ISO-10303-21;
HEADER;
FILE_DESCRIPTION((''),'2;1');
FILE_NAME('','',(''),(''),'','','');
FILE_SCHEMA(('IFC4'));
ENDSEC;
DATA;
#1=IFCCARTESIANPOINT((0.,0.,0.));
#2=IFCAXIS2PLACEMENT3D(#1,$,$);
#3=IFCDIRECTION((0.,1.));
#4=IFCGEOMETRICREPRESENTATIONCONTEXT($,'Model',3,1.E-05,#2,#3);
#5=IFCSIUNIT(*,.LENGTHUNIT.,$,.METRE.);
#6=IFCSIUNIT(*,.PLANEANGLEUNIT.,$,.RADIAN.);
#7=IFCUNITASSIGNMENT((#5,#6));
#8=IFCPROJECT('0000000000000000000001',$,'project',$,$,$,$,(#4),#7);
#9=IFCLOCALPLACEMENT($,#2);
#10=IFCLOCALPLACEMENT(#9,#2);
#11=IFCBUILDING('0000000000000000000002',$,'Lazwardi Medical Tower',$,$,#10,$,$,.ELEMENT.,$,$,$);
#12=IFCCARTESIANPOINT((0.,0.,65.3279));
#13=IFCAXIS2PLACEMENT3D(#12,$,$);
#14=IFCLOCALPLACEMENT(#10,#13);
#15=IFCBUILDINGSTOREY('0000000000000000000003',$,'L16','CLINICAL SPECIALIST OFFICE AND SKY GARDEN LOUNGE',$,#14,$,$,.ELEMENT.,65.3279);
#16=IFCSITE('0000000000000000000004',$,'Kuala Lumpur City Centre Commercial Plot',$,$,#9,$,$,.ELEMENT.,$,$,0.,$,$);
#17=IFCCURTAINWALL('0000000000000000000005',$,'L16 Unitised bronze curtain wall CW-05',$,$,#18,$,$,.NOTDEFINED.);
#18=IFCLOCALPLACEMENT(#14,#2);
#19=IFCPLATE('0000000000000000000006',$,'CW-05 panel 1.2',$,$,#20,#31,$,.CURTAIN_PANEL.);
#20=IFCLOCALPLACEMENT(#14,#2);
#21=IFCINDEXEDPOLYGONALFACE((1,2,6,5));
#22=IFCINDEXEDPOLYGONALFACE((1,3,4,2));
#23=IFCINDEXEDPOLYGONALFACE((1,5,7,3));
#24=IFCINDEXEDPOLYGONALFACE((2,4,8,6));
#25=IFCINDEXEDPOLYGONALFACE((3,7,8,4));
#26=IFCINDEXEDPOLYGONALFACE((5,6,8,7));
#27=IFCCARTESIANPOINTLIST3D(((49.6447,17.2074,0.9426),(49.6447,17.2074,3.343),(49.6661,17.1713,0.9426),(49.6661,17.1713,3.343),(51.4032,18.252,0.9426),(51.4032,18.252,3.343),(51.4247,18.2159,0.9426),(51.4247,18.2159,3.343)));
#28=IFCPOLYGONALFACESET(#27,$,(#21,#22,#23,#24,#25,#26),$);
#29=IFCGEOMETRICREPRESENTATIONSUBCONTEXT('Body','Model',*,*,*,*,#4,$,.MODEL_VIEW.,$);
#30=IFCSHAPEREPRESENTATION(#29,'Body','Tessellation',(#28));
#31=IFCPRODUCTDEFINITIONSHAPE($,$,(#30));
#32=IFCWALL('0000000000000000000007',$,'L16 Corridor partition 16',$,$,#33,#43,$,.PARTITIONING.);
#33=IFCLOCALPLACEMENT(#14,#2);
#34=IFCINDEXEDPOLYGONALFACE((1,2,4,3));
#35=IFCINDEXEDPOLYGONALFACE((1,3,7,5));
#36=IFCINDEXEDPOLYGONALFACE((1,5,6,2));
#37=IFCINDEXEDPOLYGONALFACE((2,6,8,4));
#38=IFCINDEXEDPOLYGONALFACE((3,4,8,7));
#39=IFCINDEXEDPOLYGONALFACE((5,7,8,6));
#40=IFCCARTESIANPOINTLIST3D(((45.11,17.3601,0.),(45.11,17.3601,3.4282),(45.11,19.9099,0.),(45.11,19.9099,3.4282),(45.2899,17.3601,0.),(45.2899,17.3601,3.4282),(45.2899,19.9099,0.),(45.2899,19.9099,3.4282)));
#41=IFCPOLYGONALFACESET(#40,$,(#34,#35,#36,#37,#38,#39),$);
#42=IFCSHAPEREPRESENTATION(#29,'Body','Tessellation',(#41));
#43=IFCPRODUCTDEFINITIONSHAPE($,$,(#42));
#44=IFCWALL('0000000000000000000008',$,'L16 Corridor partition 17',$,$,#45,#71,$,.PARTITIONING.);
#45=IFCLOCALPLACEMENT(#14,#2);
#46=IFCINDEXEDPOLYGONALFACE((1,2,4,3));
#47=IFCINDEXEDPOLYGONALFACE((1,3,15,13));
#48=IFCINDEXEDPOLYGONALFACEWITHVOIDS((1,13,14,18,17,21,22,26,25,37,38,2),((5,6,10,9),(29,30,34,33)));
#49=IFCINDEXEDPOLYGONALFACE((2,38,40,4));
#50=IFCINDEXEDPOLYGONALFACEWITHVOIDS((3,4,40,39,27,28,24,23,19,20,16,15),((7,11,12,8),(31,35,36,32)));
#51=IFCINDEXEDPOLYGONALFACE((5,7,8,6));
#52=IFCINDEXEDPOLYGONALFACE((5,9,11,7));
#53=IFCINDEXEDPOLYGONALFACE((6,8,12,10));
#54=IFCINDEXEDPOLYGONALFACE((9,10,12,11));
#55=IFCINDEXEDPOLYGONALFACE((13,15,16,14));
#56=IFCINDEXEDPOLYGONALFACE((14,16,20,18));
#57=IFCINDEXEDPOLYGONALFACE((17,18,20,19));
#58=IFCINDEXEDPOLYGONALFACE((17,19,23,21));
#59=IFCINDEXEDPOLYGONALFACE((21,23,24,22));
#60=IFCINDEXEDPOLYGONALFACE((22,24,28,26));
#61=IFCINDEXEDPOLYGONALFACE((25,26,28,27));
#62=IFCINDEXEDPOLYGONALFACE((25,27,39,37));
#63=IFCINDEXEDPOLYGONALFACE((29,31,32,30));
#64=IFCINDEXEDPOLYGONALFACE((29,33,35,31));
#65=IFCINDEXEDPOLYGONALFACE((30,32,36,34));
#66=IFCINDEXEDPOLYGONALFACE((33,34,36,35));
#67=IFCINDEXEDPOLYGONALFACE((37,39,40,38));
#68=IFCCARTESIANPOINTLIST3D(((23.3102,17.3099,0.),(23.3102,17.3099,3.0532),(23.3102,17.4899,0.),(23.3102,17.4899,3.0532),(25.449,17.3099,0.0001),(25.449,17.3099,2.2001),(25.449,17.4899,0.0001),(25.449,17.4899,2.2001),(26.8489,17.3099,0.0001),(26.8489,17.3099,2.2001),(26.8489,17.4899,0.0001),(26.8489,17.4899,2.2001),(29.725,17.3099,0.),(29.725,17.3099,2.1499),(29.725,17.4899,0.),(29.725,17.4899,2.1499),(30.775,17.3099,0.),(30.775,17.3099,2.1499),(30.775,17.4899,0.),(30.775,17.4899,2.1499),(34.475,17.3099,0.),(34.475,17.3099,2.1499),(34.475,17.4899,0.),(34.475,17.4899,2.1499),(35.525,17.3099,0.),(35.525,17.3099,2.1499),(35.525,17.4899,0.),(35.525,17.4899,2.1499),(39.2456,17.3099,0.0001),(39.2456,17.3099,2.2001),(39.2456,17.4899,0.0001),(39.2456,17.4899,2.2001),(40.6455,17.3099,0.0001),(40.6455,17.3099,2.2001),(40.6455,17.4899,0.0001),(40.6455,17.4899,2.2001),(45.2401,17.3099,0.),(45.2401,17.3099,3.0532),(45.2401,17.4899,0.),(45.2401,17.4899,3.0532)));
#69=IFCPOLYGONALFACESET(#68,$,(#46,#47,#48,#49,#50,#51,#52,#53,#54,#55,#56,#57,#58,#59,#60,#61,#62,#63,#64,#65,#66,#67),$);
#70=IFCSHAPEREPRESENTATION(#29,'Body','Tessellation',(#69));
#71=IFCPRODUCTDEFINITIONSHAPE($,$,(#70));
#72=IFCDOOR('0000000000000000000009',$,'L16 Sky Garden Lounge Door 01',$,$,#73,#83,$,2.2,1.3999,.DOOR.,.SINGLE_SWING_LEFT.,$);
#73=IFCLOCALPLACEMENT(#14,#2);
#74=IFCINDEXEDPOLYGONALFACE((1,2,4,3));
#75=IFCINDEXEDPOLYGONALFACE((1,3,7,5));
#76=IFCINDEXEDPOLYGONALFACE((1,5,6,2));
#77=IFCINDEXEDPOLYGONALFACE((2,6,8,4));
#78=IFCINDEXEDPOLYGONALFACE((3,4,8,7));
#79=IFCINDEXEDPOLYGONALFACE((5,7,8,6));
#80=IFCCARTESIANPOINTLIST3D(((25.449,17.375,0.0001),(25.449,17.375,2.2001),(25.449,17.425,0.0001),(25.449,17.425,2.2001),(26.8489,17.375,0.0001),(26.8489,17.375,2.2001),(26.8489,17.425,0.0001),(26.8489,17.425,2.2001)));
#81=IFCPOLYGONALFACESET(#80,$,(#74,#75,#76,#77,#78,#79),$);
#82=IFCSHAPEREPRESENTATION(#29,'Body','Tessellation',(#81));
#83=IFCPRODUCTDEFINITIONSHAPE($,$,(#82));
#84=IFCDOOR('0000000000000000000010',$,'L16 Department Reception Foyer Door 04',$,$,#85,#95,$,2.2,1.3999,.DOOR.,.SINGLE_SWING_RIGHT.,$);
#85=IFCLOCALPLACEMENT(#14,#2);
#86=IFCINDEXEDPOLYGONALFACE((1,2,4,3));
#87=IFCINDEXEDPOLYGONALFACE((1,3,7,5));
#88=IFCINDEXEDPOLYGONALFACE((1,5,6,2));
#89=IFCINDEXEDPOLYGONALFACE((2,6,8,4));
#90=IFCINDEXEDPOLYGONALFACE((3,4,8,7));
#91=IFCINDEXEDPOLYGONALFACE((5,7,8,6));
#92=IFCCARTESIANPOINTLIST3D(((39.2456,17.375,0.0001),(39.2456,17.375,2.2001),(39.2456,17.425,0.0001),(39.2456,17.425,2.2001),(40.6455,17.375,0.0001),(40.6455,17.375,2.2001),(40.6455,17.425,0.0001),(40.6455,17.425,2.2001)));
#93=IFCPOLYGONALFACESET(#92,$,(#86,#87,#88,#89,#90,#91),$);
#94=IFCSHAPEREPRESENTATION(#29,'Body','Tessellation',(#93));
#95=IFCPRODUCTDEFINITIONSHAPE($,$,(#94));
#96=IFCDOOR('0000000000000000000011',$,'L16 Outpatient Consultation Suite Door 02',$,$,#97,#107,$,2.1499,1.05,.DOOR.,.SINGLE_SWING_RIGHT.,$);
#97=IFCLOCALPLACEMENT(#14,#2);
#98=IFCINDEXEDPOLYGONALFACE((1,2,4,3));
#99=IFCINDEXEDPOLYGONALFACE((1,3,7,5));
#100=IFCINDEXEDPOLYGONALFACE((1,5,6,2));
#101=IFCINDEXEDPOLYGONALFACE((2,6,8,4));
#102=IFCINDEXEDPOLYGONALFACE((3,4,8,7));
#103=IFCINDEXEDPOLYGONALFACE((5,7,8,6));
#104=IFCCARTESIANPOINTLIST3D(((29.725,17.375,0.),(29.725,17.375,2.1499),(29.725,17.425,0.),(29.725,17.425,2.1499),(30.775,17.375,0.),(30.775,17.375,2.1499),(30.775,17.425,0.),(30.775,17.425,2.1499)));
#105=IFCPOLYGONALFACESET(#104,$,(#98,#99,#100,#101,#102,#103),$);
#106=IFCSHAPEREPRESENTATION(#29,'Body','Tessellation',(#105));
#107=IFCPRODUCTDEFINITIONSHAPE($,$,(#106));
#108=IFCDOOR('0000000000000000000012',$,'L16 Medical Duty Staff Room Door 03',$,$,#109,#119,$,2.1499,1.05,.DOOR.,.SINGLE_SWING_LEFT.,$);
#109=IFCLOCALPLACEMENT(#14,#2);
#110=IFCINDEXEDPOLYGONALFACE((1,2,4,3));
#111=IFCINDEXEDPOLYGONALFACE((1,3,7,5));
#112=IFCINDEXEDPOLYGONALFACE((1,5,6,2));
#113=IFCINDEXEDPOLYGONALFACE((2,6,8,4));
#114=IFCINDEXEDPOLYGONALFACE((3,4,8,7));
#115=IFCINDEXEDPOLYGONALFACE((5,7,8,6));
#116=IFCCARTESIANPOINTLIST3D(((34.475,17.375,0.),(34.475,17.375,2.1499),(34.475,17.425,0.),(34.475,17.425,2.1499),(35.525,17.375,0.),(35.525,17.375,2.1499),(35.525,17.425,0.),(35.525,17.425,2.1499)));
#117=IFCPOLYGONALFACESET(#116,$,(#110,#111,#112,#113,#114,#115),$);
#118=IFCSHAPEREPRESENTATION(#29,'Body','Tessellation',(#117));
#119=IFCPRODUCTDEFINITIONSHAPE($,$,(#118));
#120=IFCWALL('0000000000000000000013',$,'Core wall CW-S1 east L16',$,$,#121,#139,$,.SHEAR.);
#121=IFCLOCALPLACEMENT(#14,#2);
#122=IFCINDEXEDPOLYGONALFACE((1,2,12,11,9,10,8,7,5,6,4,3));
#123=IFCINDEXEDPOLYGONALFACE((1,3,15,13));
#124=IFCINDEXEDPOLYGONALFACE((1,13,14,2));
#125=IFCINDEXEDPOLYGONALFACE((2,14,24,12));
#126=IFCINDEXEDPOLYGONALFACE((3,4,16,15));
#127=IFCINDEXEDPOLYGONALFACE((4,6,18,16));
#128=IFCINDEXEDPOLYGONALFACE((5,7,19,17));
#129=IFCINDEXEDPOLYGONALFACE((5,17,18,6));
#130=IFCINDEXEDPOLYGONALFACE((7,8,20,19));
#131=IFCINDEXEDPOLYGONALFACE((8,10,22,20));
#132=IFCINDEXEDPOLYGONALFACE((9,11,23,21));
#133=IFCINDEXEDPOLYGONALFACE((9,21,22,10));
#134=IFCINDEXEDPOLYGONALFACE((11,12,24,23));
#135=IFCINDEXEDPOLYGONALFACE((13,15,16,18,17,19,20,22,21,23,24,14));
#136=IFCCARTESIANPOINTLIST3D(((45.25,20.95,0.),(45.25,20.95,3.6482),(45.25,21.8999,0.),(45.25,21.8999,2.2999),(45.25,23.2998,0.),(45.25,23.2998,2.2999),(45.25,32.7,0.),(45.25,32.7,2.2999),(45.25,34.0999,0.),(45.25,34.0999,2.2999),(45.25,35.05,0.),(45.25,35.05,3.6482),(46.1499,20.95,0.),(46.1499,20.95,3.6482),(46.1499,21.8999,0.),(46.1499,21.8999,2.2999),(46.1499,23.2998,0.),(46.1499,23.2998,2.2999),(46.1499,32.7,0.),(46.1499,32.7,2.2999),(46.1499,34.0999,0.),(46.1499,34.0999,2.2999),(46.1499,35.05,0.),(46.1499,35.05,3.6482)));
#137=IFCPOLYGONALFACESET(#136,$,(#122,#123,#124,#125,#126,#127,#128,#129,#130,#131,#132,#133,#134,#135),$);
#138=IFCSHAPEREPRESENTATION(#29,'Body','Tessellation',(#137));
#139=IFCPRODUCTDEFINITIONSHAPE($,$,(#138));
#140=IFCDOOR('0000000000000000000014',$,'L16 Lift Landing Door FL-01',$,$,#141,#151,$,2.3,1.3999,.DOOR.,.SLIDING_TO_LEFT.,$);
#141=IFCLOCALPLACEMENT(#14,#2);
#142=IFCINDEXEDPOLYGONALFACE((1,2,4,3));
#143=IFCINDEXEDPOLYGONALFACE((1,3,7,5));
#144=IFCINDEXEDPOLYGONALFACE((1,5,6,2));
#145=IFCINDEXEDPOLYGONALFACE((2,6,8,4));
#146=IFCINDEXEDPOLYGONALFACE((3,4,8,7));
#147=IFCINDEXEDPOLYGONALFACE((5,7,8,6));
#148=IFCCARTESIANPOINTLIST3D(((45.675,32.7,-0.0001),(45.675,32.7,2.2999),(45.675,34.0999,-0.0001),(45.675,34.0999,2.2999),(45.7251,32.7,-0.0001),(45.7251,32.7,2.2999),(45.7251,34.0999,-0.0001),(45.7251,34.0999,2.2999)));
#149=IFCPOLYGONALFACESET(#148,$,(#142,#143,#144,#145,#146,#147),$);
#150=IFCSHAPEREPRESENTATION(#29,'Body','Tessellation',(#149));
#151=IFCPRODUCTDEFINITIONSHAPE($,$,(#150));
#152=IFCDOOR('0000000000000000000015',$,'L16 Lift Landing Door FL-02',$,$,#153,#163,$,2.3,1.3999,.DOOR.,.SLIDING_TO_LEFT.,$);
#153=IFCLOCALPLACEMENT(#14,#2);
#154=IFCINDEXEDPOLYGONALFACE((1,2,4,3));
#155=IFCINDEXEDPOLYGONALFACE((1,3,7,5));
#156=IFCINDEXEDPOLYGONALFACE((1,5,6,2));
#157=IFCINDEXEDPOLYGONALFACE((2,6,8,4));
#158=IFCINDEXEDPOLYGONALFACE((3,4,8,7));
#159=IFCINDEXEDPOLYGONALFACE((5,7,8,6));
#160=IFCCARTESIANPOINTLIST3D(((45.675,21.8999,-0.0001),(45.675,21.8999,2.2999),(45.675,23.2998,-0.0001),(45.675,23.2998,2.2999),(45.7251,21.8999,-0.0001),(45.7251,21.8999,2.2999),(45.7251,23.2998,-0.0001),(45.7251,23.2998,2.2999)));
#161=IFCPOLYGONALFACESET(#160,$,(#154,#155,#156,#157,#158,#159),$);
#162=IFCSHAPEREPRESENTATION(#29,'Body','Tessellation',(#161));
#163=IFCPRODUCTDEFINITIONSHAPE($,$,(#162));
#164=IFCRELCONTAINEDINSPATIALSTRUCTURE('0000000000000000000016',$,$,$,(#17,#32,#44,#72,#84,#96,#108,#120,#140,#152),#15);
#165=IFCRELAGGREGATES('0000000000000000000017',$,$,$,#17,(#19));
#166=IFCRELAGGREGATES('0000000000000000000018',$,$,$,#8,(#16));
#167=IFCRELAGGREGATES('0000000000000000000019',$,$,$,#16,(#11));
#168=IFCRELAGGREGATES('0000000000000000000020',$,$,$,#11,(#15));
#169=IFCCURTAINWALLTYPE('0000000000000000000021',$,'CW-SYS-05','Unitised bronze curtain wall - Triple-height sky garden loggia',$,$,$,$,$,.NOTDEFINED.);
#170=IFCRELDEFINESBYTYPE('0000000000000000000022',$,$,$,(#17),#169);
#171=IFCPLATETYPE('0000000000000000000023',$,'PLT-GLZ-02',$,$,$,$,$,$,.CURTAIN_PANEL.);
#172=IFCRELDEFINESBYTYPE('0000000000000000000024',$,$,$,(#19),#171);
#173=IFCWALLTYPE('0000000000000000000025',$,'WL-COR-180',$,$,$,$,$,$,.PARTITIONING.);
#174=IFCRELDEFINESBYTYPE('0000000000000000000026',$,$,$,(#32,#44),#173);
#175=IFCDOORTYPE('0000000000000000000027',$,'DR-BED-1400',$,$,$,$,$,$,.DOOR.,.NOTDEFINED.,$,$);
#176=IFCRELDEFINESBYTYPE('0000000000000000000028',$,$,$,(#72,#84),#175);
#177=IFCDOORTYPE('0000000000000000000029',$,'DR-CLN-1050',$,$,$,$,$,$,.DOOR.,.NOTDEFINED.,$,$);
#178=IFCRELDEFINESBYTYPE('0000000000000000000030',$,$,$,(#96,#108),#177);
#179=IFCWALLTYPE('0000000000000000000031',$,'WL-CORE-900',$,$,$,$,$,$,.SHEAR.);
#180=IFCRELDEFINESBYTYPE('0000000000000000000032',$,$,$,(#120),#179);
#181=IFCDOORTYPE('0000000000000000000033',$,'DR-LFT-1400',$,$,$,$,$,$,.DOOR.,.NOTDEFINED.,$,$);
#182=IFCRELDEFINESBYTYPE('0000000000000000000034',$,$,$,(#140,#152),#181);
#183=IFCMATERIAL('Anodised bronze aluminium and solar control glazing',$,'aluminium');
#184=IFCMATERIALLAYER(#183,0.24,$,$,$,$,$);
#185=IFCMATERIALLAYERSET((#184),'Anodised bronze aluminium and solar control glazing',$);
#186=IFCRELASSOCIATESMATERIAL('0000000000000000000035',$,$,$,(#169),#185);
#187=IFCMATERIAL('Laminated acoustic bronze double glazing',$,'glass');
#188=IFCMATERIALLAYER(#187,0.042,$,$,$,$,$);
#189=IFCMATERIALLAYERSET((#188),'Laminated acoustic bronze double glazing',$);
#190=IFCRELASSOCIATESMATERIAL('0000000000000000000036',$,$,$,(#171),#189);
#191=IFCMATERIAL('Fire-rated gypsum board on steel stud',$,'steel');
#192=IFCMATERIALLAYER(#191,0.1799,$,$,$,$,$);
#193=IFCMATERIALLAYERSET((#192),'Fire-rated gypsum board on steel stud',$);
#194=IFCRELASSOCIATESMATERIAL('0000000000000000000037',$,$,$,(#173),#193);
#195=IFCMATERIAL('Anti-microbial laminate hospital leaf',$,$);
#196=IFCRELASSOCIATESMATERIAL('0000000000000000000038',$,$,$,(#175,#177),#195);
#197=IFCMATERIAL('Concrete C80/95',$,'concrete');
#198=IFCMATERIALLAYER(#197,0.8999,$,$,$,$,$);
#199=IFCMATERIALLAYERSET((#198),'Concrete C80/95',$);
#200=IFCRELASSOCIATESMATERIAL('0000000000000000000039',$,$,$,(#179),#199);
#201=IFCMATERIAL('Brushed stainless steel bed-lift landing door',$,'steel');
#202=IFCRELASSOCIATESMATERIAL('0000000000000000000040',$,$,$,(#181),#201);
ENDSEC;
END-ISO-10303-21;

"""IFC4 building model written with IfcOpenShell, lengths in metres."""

from ifc_helpers import new_model, si_unit, direction, frame, frame_2d, origin, origin_2d, place, context, subcontext, project, spatial, rectangle, extrude, material, layer, layer_set, type_object, element, fill, aggregate, save


model = new_model("IFC4")

# Units and contexts
model_context = context("Model", 3, precision=1e-05, world=origin(), true_north=direction((0.0, 1.0)))
body_context = subcontext(model_context, "Body", "Model", "MODEL_VIEW")
ifc_project = project(units=[si_unit("LENGTHUNIT", "METRE"), si_unit("PLANEANGLEUNIT", "RADIAN")], contexts=[model_context])

# Site, building, storey
site_placement = place(None, origin())
site = spatial("IfcSite", under=ifc_project, at=site_placement, Name="Kuala Lumpur City Centre Commercial Plot", CompositionType="ELEMENT", RefElevation=0.0)
building_placement = place(site_placement, origin())
building = spatial("IfcBuilding", under=site, at=building_placement, Name="Lazwardi Medical Tower", CompositionType="ELEMENT")
storey_placement = place(building_placement, frame((0.0, 0.0, 65.3279)))
storey = spatial("IfcBuildingStorey", under=building, at=storey_placement, Name="L16", Description="CLINICAL SPECIALIST OFFICE AND SKY GARDEN LOUNGE", CompositionType="ELEMENT", Elevation=65.3279)

# Shared definitions
ifc_material_1 = material(Name="Concrete C80/95", Category="concrete")

# Curtain wall, plate
ifc_material_2 = material(Name="Anodised bronze aluminium and solar control glazing", Category="aluminium")
ifc_layer_1 = layer(ifc_material_2, 0.24)
ifc_layer_set_1 = layer_set([ifc_layer_1], Name="Anodised bronze aluminium and solar control glazing")
curtain_wall_type = type_object("IfcCurtainWallType", Name="CW-SYS-05", Description="Unitised bronze curtain wall - Triple-height sky garden loggia", PredefinedType="NOTDEFINED", material=ifc_layer_set_1)
curtain_wall_placement = place(storey_placement, origin())
curtain_wall = element("IfcCurtainWall", 1, at=curtain_wall_placement, inside=storey, type_object=curtain_wall_type, Name="L16 Unitised bronze curtain wall CW-05", PredefinedType="NOTDEFINED")
ifc_material_3 = material(Name="Laminated acoustic bronze double glazing", Category="glass")
ifc_layer_2 = layer(ifc_material_3, 0.042)
ifc_layer_set_2 = layer_set([ifc_layer_2], Name="Laminated acoustic bronze double glazing")
plate_type = type_object("IfcPlateType", Name="PLT-GLZ-02", PredefinedType="CURTAIN_PANEL", material=ifc_layer_set_2)
plate_1_placement = place(storey_placement, frame((50.5347, 17.7117, 0.9426), z_axis=(0.0, 0.0, 1.0), x_axis=(0.859771, 0.51068, 0.0)))
plate_1 = element("IfcPlate", 2, at=plate_1_placement, type_object=plate_type, Name="CW-05 panel 1.2", PredefinedType="CURTAIN_PANEL", context=body_context, shape_type="SweptSolid", body=[
    extrude(rectangle(XDim=2.0454, YDim=0.042, at=origin_2d()), origin(), (0.0, 0.0, 1.0), 2.4004),
])
aggregate(curtain_wall, [plate_1])

# Wall
ifc_material_4 = material(Name="Fire-rated gypsum board on steel stud", Category="steel")
ifc_layer_3 = layer(ifc_material_4, 0.1799)
ifc_layer_set_3 = layer_set([ifc_layer_3], Name="Fire-rated gypsum board on steel stud")
wall_type_1 = type_object("IfcWallType", Name="WL-COR-180", PredefinedType="PARTITIONING", material=ifc_layer_set_3)
wall_1_placement = place(storey_placement, frame((45.2, 19.9099, 0.0), z_axis=(0.0, 0.0, 1.0), x_axis=(0.0, -1.0, 0.0)))
element("IfcWall", 3, at=wall_1_placement, inside=storey, type_object=wall_type_1, Name="L16 Corridor partition 16", PredefinedType="PARTITIONING", context=body_context, shape_type="SweptSolid", body=[
    extrude(rectangle(XDim=2.5498, YDim=0.1799, at=frame_2d((1.2749, 0.0))), origin(), (0.0, 0.0, 1.0), 3.4282),
])

# Walls, openings, doors
wall_2_placement = place(storey_placement, frame((45.24, 17.3999, 0.0), z_axis=(0.0, 0.0, 1.0), x_axis=(-1.0, 0.0, 0.0)))
wall_2 = element("IfcWall", 4, at=wall_2_placement, inside=storey, type_object=wall_type_1, Name="L16 Corridor partition 17", PredefinedType="PARTITIONING", context=body_context, shape_type="SweptSolid", body=[
    extrude(rectangle(XDim=21.9299, YDim=0.1799, at=frame_2d((10.9648, 0.0))), origin(), (0.0, 0.0, 1.0), 3.0532),
])
opening_1_placement = place(wall_2_placement, frame((18.3911, 0.0, 0.0)))
opening_1 = element("IfcOpeningElement", 5, at=opening_1_placement, cuts=wall_2, PredefinedType="OPENING", context=body_context, shape_type="SweptSolid", body=[
    extrude(rectangle(XDim=1.3999, YDim=2.2, at=frame_2d((0.7, 1.1001))), frame((0.0, 0.0999, 0.0), z_axis=(0.0, -1.0, 0.0), x_axis=(1.0, 0.0, 0.0)), (0.0, 0.0, 1.0), 0.2),
])
opening_2_placement = place(wall_2_placement, frame((14.4651, 0.0, 0.0)))
opening_2 = element("IfcOpeningElement", 6, at=opening_2_placement, cuts=wall_2, PredefinedType="OPENING", context=body_context, shape_type="SweptSolid", body=[
    extrude(rectangle(XDim=1.05, YDim=2.1499, at=frame_2d((0.5249, 1.075))), frame((0.0, 0.0999, 0.0), z_axis=(0.0, -1.0, 0.0), x_axis=(1.0, 0.0, 0.0)), (0.0, 0.0, 1.0), 0.2),
])
opening_3_placement = place(wall_2_placement, frame((9.7151, 0.0, 0.0)))
opening_3 = element("IfcOpeningElement", 7, at=opening_3_placement, cuts=wall_2, PredefinedType="OPENING", context=body_context, shape_type="SweptSolid", body=[
    extrude(rectangle(XDim=1.05, YDim=2.1499, at=frame_2d((0.5249, 1.075))), frame((0.0, 0.0999, 0.0), z_axis=(0.0, -1.0, 0.0), x_axis=(1.0, 0.0, 0.0)), (0.0, 0.0, 1.0), 0.2),
])
opening_4_placement = place(wall_2_placement, frame((4.5945, 0.0, 0.0)))
opening_4 = element("IfcOpeningElement", 8, at=opening_4_placement, cuts=wall_2, PredefinedType="OPENING", context=body_context, shape_type="SweptSolid", body=[
    extrude(rectangle(XDim=1.3999, YDim=2.2, at=frame_2d((0.7, 1.1001))), frame((0.0, 0.0999, 0.0), z_axis=(0.0, -1.0, 0.0), x_axis=(1.0, 0.0, 0.0)), (0.0, 0.0, 1.0), 0.2),
])
ifc_material_5 = material(Name="Anti-microbial laminate hospital leaf")
door_type_1 = type_object("IfcDoorType", Name="DR-BED-1400", OperationType="NOTDEFINED", PredefinedType="DOOR", material=ifc_material_5)
door_1_placement = place(opening_1_placement, origin())
door_1 = element("IfcDoor", 9, at=door_1_placement, inside=storey, type_object=door_type_1, Name="L16 Sky Garden Lounge Door 01", OperationType="SINGLE_SWING_LEFT", OverallHeight=2.2, OverallWidth=1.3999, PredefinedType="DOOR", context=body_context, shape_type="SweptSolid", body=[
    extrude(rectangle(XDim=1.3999, YDim=2.2, at=frame_2d((0.7, 1.1001))), frame((0.0, 0.0249, 0.0), z_axis=(0.0, -1.0, 0.0), x_axis=(1.0, 0.0, 0.0)), (0.0, 0.0, 1.0), 0.05),
])
fill(opening_1, door_1)
door_2_placement = place(opening_4_placement, origin())
door_2 = element("IfcDoor", 10, at=door_2_placement, inside=storey, type_object=door_type_1, Name="L16 Department Reception Foyer Door 04", OperationType="SINGLE_SWING_RIGHT", OverallHeight=2.2, OverallWidth=1.3999, PredefinedType="DOOR", context=body_context, shape_type="SweptSolid", body=[
    extrude(rectangle(XDim=1.3999, YDim=2.2, at=frame_2d((0.7, 1.1001))), frame((0.0, 0.0249, 0.0), z_axis=(0.0, -1.0, 0.0), x_axis=(1.0, 0.0, 0.0)), (0.0, 0.0, 1.0), 0.05),
])
fill(opening_4, door_2)
door_type_2 = type_object("IfcDoorType", Name="DR-CLN-1050", OperationType="NOTDEFINED", PredefinedType="DOOR", material=ifc_material_5)
door_3_placement = place(opening_2_placement, origin())
door_3 = element("IfcDoor", 11, at=door_3_placement, inside=storey, type_object=door_type_2, Name="L16 Outpatient Consultation Suite Door 02", OperationType="SINGLE_SWING_RIGHT", OverallHeight=2.1499, OverallWidth=1.05, PredefinedType="DOOR", context=body_context, shape_type="SweptSolid", body=[
    extrude(rectangle(XDim=1.05, YDim=2.1499, at=frame_2d((0.5249, 1.075))), frame((0.0, 0.0249, 0.0), z_axis=(0.0, -1.0, 0.0), x_axis=(1.0, 0.0, 0.0)), (0.0, 0.0, 1.0), 0.05),
])
fill(opening_2, door_3)
door_4_placement = place(opening_3_placement, origin())
door_4 = element("IfcDoor", 12, at=door_4_placement, inside=storey, type_object=door_type_2, Name="L16 Medical Duty Staff Room Door 03", OperationType="SINGLE_SWING_LEFT", OverallHeight=2.1499, OverallWidth=1.05, PredefinedType="DOOR", context=body_context, shape_type="SweptSolid", body=[
    extrude(rectangle(XDim=1.05, YDim=2.1499, at=frame_2d((0.5249, 1.075))), frame((0.0, 0.0249, 0.0), z_axis=(0.0, -1.0, 0.0), x_axis=(1.0, 0.0, 0.0)), (0.0, 0.0, 1.0), 0.05),
])
fill(opening_3, door_4)
ifc_layer_4 = layer(ifc_material_1, 0.8999)
ifc_layer_set_4 = layer_set([ifc_layer_4], Name="Concrete C80/95")
wall_type_2 = type_object("IfcWallType", Name="WL-CORE-900", PredefinedType="SHEAR", material=ifc_layer_set_4)
wall_3_placement = place(storey_placement, frame((45.7, 20.95, 0.0), z_axis=(0.0, 0.0, 1.0), x_axis=(0.0, 1.0, 0.0)))
wall_3 = element("IfcWall", 13, at=wall_3_placement, inside=storey, type_object=wall_type_2, Name="Core wall CW-S1 east L16", PredefinedType="SHEAR", context=body_context, shape_type="SweptSolid", body=[
    extrude(rectangle(XDim=14.1001, YDim=0.8999, at=frame_2d((7.05, 0.0))), origin(), (0.0, 0.0, 1.0), 3.6482),
])
opening_5_placement = place(wall_3_placement, frame((11.75, 0.0, 0.0)))
opening_5 = element("IfcOpeningElement", 14, at=opening_5_placement, cuts=wall_3, PredefinedType="OPENING", context=body_context, shape_type="SweptSolid", body=[
    extrude(rectangle(XDim=1.3999, YDim=2.3, at=frame_2d((0.7, 1.1499))), frame((0.0, 0.46, 0.0), z_axis=(0.0, -1.0, 0.0), x_axis=(1.0, 0.0, 0.0)), (0.0, 0.0, 1.0), 0.9199),
])
opening_6_placement = place(wall_3_placement, frame((0.95, 0.0, 0.0)))
opening_6 = element("IfcOpeningElement", 15, at=opening_6_placement, cuts=wall_3, PredefinedType="OPENING", context=body_context, shape_type="SweptSolid", body=[
    extrude(rectangle(XDim=1.3999, YDim=2.3, at=frame_2d((0.7, 1.1499))), frame((0.0, 0.46, 0.0), z_axis=(0.0, -1.0, 0.0), x_axis=(1.0, 0.0, 0.0)), (0.0, 0.0, 1.0), 0.9199),
])
ifc_material_6 = material(Name="Brushed stainless steel bed-lift landing door", Category="steel")
door_type_3 = type_object("IfcDoorType", Name="DR-LFT-1400", OperationType="NOTDEFINED", PredefinedType="DOOR", material=ifc_material_6)
door_5_placement = place(opening_5_placement, origin())
door_5 = element("IfcDoor", 16, at=door_5_placement, inside=storey, type_object=door_type_3, Name="L16 Lift Landing Door FL-01", OperationType="SLIDING_TO_LEFT", OverallHeight=2.3, OverallWidth=1.3999, PredefinedType="DOOR", context=body_context, shape_type="SweptSolid", body=[
    extrude(rectangle(XDim=1.3999, YDim=2.3, at=frame_2d((0.7, 1.1499))), frame((0.0, 0.0249, 0.0), z_axis=(0.0, -1.0, 0.0), x_axis=(1.0, 0.0, 0.0)), (0.0, 0.0, 1.0), 0.05),
])
fill(opening_5, door_5)
door_6_placement = place(opening_6_placement, origin())
door_6 = element("IfcDoor", 17, at=door_6_placement, inside=storey, type_object=door_type_3, Name="L16 Lift Landing Door FL-02", OperationType="SLIDING_TO_LEFT", OverallHeight=2.3, OverallWidth=1.3999, PredefinedType="DOOR", context=body_context, shape_type="SweptSolid", body=[
    extrude(rectangle(XDim=1.3999, YDim=2.3, at=frame_2d((0.7, 1.1499))), frame((0.0, 0.0249, 0.0), z_axis=(0.0, -1.0, 0.0), x_axis=(1.0, 0.0, 0.0)), (0.0, 0.0, 1.0), 0.05),
])
fill(opening_6, door_6)

save(model, "model.ifc")
